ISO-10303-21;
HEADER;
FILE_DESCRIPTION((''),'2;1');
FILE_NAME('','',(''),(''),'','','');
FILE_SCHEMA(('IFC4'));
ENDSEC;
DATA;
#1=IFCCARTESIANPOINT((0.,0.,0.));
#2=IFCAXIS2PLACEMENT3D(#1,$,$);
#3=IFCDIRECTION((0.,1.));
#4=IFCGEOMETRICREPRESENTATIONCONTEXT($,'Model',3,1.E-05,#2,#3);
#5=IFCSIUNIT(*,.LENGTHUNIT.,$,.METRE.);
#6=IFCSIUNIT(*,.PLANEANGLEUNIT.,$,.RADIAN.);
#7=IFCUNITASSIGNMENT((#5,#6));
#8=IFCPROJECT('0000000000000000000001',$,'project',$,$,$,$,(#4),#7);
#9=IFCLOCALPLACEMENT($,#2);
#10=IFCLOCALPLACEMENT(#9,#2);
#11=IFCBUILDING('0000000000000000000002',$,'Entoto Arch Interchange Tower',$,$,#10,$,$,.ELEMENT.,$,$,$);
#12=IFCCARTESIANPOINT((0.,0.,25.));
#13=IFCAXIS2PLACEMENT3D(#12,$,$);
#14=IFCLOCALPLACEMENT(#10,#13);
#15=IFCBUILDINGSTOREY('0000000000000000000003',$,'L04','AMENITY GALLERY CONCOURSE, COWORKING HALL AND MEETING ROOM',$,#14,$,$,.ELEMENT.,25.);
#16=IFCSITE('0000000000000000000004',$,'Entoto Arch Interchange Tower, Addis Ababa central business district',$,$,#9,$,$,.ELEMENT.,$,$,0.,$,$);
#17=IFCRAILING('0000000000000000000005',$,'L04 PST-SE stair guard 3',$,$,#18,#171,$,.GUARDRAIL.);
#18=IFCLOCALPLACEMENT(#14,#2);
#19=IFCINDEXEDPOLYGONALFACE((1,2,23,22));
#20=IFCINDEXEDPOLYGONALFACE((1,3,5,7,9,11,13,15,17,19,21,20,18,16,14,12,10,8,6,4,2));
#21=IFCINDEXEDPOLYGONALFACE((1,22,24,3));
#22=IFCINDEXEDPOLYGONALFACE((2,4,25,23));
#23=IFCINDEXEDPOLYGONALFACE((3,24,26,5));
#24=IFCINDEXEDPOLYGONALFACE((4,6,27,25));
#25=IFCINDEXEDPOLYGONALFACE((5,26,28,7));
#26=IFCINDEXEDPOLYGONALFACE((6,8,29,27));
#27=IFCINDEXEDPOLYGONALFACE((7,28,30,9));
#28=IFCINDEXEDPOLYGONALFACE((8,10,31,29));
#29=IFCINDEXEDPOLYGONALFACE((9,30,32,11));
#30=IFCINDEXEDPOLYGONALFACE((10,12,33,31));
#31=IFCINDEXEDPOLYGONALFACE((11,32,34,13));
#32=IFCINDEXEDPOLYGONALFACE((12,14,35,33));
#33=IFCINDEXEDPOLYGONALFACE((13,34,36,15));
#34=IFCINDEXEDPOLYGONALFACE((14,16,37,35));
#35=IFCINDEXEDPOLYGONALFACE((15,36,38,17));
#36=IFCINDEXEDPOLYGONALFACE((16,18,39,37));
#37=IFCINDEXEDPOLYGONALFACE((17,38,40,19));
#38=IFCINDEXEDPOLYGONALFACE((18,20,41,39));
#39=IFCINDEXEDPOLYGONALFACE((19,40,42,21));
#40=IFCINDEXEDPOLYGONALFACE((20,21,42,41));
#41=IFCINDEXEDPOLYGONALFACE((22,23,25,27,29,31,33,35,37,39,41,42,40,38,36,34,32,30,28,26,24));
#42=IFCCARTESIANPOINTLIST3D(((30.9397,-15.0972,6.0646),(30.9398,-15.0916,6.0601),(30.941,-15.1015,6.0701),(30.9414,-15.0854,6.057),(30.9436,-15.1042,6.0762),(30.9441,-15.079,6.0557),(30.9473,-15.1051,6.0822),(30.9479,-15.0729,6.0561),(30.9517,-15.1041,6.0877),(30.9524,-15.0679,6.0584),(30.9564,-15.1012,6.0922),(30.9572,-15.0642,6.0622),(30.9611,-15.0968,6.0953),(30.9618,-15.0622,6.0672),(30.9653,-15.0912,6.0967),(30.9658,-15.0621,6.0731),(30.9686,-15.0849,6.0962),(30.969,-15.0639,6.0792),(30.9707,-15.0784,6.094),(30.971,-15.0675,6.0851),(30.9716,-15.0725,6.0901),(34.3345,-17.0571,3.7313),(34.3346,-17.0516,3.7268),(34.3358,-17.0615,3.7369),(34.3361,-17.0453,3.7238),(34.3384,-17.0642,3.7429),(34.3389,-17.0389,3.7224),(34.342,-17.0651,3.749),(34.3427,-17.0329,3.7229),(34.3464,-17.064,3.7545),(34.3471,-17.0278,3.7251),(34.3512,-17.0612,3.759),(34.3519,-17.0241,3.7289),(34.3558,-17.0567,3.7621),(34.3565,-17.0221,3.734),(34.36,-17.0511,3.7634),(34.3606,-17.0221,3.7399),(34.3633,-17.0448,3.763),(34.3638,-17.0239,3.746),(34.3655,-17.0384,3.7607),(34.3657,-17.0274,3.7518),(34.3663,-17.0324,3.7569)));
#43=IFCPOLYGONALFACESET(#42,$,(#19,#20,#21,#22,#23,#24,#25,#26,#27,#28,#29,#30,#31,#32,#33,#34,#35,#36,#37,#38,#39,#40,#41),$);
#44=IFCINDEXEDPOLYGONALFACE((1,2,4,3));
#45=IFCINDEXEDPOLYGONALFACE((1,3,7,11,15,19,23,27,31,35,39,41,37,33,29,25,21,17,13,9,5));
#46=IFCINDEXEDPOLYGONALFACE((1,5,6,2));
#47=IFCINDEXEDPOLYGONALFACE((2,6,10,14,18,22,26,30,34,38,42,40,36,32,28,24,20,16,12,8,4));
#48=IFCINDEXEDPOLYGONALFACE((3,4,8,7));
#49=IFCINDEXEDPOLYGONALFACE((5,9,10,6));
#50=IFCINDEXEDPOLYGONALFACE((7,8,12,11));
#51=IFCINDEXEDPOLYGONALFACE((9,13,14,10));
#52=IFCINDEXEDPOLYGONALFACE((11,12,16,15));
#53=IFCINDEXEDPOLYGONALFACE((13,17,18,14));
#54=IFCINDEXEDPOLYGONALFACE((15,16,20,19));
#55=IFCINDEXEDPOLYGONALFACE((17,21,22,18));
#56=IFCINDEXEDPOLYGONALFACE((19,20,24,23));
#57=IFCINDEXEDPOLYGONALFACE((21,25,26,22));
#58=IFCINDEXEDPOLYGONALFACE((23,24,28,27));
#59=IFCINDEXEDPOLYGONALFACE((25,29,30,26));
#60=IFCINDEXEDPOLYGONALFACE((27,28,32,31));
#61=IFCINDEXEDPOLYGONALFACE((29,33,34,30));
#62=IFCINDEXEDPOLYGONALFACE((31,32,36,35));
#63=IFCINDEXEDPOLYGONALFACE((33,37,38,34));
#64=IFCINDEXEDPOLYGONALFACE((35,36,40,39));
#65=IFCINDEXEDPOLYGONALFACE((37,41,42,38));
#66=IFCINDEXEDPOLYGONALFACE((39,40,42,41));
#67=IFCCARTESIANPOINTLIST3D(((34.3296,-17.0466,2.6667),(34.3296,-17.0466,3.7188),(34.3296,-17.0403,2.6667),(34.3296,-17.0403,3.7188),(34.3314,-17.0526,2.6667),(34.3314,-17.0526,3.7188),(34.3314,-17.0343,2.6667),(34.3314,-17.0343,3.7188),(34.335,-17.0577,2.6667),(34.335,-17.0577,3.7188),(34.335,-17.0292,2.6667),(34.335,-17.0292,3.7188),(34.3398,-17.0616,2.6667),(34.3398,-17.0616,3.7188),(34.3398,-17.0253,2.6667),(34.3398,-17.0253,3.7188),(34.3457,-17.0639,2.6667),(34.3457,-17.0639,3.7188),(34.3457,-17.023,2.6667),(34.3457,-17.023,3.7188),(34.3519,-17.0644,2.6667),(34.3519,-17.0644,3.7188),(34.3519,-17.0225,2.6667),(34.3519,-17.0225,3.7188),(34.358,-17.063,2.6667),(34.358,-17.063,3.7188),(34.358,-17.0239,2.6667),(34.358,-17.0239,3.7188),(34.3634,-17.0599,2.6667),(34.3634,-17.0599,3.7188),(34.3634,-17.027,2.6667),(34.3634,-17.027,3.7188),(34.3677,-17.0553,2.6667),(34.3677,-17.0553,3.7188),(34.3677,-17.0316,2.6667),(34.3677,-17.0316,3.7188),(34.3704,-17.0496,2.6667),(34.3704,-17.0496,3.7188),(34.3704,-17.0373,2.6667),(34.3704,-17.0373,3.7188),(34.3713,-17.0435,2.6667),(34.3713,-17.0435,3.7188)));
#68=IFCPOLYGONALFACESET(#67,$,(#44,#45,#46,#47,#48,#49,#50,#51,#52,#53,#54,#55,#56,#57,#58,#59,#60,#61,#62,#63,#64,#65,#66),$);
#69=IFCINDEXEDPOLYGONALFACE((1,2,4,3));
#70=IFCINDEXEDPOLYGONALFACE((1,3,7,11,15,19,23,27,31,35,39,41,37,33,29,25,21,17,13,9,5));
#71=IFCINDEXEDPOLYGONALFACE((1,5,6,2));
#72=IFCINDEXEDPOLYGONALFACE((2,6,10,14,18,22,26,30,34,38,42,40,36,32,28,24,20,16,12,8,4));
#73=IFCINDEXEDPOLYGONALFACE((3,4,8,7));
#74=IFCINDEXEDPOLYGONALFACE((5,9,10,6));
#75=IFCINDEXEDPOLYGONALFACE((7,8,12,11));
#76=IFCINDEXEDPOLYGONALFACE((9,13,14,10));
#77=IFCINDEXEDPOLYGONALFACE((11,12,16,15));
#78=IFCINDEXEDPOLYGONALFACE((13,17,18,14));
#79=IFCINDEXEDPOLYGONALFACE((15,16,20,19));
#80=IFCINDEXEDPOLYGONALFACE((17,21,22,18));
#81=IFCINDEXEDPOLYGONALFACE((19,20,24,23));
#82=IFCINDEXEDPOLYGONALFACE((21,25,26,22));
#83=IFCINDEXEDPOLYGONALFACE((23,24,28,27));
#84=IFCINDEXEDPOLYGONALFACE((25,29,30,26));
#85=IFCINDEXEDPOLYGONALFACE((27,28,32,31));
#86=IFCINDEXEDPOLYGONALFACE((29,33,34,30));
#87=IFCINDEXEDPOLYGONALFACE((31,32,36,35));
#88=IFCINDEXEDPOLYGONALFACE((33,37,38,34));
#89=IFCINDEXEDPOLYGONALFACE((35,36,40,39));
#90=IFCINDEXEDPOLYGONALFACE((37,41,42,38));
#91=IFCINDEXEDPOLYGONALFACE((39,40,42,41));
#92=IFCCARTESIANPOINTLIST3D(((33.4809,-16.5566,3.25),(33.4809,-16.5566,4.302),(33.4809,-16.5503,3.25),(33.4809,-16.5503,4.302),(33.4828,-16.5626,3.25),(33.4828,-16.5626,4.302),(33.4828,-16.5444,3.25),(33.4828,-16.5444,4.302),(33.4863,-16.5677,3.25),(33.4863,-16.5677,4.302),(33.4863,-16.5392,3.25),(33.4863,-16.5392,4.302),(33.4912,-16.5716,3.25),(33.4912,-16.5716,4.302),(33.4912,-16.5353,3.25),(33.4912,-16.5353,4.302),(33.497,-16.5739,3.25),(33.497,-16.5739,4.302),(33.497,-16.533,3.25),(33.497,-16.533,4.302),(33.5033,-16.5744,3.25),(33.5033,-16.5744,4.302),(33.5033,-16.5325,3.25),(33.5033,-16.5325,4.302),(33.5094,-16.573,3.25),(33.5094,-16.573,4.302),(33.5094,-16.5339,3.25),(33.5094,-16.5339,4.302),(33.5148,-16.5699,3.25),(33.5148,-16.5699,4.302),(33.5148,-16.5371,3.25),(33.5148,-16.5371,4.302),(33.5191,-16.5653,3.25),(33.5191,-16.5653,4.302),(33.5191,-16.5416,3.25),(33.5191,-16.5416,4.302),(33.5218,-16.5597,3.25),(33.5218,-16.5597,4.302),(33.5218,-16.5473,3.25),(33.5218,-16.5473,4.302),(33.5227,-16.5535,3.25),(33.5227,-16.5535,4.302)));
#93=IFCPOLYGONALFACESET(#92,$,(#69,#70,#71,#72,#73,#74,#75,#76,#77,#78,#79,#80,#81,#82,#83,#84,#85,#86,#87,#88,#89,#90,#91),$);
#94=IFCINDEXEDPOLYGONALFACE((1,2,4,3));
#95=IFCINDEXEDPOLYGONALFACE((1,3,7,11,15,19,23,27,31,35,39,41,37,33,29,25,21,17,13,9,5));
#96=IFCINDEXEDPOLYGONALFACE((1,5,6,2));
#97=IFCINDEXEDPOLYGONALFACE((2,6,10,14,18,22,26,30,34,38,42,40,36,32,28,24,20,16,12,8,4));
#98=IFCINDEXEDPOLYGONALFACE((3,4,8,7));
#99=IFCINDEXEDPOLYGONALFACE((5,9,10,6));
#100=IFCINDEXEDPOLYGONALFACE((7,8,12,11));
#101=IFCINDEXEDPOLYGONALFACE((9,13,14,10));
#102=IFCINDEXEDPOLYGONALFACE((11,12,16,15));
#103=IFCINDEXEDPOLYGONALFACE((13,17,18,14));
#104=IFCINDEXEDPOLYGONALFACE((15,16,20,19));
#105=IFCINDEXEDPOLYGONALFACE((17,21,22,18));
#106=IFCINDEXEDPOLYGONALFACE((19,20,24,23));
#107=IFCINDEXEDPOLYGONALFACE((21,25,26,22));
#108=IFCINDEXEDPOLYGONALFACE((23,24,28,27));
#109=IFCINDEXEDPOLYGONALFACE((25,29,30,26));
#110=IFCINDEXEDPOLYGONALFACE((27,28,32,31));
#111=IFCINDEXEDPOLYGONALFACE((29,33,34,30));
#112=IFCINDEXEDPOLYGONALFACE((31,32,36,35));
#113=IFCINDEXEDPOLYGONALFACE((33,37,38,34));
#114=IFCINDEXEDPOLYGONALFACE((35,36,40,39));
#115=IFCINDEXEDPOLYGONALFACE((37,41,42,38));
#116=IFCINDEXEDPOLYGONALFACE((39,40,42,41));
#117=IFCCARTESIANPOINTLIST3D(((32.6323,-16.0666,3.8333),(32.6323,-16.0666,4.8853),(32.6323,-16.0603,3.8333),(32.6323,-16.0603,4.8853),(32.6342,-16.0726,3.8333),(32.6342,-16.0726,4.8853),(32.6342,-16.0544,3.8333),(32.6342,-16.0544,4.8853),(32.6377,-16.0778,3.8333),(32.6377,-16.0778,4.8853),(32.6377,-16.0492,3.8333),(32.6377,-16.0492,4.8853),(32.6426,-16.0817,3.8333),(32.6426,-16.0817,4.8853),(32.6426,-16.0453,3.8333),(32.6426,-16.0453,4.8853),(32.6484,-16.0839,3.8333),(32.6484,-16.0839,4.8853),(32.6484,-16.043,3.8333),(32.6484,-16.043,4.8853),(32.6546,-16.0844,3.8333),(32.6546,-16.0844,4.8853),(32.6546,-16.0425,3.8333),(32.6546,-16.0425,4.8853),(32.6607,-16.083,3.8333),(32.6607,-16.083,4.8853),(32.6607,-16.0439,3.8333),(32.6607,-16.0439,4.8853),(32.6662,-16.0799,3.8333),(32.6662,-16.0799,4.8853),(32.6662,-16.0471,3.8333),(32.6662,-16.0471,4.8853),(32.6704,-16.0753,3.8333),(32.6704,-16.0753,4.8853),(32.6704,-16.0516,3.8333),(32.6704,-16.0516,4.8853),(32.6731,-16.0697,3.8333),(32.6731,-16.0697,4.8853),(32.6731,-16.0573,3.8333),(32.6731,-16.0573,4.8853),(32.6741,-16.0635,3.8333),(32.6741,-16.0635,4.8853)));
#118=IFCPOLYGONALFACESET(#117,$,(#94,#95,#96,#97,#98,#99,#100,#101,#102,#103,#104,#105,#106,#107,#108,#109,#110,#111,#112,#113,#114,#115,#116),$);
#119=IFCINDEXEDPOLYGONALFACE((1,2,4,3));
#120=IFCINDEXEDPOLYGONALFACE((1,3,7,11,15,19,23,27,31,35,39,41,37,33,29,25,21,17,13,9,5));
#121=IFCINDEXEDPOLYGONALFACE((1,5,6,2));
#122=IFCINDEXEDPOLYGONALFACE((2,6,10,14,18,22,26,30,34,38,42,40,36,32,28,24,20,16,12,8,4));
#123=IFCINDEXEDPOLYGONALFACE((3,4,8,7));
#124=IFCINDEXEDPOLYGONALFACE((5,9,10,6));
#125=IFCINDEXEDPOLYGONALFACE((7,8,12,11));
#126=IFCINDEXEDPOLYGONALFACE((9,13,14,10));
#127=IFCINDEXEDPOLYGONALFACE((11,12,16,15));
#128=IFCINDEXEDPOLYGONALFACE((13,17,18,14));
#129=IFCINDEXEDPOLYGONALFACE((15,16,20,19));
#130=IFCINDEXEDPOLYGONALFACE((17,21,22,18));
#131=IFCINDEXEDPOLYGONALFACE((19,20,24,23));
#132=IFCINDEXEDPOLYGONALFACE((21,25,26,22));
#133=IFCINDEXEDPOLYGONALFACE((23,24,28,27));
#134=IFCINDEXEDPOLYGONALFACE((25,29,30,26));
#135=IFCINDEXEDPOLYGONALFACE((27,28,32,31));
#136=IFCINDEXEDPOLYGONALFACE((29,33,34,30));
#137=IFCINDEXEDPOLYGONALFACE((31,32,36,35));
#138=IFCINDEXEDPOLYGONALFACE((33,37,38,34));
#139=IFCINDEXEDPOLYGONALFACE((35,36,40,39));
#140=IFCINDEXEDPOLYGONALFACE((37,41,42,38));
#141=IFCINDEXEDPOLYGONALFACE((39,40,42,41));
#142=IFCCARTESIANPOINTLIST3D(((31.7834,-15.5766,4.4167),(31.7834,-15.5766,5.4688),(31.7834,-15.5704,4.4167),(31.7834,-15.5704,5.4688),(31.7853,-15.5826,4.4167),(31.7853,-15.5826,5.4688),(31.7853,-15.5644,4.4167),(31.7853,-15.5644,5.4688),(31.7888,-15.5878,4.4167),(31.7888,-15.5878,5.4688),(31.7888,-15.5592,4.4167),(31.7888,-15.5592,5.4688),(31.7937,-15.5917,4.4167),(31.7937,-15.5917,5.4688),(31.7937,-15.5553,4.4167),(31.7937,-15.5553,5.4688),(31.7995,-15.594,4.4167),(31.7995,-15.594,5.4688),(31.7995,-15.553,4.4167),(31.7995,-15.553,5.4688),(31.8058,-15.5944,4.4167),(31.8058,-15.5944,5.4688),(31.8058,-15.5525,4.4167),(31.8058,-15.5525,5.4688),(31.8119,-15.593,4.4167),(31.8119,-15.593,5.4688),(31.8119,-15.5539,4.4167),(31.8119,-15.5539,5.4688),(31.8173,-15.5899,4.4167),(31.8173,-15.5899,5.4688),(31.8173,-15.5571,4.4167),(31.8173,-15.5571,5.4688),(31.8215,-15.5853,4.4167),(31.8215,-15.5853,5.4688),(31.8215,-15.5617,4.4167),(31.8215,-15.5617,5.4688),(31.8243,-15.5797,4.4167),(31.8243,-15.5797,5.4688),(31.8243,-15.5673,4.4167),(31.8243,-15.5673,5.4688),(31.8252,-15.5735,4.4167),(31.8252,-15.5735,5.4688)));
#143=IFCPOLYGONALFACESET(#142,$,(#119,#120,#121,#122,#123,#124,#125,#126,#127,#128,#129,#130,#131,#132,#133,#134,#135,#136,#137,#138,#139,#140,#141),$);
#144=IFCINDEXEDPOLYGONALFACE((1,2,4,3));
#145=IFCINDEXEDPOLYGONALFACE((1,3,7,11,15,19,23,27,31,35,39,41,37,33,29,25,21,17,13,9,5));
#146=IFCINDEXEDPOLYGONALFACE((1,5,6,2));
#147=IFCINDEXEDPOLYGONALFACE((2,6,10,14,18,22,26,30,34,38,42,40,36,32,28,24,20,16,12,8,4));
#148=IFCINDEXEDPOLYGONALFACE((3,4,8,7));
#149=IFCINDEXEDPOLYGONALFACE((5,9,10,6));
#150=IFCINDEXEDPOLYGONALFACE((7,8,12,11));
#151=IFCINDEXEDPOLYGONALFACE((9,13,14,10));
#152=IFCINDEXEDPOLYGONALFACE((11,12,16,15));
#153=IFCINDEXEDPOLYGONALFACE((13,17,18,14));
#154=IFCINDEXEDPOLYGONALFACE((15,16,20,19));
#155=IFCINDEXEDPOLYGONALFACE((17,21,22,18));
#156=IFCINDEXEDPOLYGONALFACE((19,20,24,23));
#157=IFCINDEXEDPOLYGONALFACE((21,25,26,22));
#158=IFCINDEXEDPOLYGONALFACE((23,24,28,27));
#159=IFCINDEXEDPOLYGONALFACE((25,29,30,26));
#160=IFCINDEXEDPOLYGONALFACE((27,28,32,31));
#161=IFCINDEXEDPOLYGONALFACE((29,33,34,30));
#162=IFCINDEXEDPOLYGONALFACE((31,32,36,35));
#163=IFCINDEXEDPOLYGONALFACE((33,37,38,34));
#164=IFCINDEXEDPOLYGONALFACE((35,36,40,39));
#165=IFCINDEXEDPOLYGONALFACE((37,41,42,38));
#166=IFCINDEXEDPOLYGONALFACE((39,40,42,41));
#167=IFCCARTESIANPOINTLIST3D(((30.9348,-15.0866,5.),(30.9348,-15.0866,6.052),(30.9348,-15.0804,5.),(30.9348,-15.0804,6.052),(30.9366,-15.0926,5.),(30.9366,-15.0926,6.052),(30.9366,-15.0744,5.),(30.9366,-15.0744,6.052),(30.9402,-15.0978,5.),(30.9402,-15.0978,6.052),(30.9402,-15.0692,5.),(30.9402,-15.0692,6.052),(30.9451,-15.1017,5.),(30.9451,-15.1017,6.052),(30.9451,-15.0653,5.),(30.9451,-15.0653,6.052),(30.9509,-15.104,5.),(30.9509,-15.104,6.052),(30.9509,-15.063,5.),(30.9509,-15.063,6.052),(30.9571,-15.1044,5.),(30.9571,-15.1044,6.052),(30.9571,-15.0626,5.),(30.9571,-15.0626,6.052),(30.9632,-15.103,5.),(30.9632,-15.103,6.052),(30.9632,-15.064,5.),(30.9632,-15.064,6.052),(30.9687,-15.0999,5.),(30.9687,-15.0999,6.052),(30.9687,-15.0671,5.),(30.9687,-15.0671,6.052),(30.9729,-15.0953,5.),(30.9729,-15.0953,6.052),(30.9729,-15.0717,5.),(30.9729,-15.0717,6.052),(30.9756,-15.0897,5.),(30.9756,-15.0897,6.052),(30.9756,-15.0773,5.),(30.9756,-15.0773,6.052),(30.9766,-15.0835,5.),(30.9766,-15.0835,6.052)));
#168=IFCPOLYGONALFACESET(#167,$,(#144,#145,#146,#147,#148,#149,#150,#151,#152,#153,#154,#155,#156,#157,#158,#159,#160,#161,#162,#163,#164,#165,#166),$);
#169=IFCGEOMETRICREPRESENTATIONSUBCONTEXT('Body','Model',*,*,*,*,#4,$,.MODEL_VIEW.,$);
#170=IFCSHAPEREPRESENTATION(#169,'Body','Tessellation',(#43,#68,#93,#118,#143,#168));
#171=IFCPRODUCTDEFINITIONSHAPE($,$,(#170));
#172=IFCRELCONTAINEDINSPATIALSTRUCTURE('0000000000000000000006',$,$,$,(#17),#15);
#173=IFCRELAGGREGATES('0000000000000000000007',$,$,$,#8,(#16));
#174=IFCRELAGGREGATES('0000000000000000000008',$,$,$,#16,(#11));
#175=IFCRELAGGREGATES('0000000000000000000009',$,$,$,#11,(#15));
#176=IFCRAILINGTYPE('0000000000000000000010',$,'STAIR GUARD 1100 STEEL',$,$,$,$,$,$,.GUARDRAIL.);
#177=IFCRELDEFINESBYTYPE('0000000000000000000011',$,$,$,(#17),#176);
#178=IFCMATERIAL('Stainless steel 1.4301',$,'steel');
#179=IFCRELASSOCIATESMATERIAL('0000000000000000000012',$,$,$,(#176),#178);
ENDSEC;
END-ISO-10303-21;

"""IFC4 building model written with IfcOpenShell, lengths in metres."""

from ifc_helpers import new_model, si_unit, direction, frame, origin, origin_2d, place, context, subcontext, project, spatial, circle, extrude, material, type_object, element, save


model = new_model("IFC4")

# Units and contexts
model_context = context("Model", 3, precision=1e-05, world=origin(), true_north=direction((0.0, 1.0)))
body_context = subcontext(model_context, "Body", "Model", "MODEL_VIEW")
ifc_project = project(units=[si_unit("LENGTHUNIT", "METRE"), si_unit("PLANEANGLEUNIT", "RADIAN")], contexts=[model_context])

# Site, building, storey
site_placement = place(None, origin())
site = spatial("IfcSite", under=ifc_project, at=site_placement, Name="Entoto Arch Interchange Tower, Addis Ababa central business district", CompositionType="ELEMENT", RefElevation=0.0)
building_placement = place(site_placement, origin())
building = spatial("IfcBuilding", under=site, at=building_placement, Name="Entoto Arch Interchange Tower", CompositionType="ELEMENT")
storey_placement = place(building_placement, frame((0.0, 0.0, 25.0)))
storey = spatial("IfcBuildingStorey", under=building, at=storey_placement, Name="L04", Description="AMENITY GALLERY CONCOURSE, COWORKING HALL AND MEETING ROOM", CompositionType="ELEMENT", Elevation=25.0)

# Railing
ifc_material_1 = material(Name="Stainless steel 1.4301", Category="steel")
railing_type_1 = type_object("IfcRailingType", Name="STAIR GUARD 1100 STEEL", PredefinedType="GUARDRAIL", material=ifc_material_1)
railing_1_placement = place(storey_placement, frame((34.3503, -17.0435, 2.6667)))
element("IfcRailing", 1, at=railing_1_placement, inside=storey, type_object=railing_type_1, Name="L04 PST-SE stair guard 3", PredefinedType="GUARDRAIL", context=body_context, shape_type="SweptSolid", body=[
    extrude(circle(Radius=0.0239, at=origin_2d()), frame((0.0, 0.0, 1.0762), z_axis=(-0.744175, 0.429646, 0.511476), x_axis=(-0.499997, -0.866027, 0.0)), (0.0, 0.0, 1.0), 4.5618),
    extrude(circle(Radius=0.021, at=origin_2d()), origin(), (0.0, 0.0, 1.0), 1.052),
    extrude(circle(Radius=0.021, at=origin_2d()), frame((-0.8486, 0.49, 0.5833)), (0.0, 0.0, 1.0), 1.052),
    extrude(circle(Radius=0.021, at=origin_2d()), frame((-1.6973, 0.98, 1.1665)), (0.0, 0.0, 1.0), 1.052),
    extrude(circle(Radius=0.021, at=origin_2d()), frame((-2.5461, 1.47, 1.75)), (0.0, 0.0, 1.0), 1.052),
    extrude(circle(Radius=0.021, at=origin_2d()), frame((-3.3948, 1.96, 2.3333)), (0.0, 0.0, 1.0), 1.052),
])

save(model, "model.ifc")
